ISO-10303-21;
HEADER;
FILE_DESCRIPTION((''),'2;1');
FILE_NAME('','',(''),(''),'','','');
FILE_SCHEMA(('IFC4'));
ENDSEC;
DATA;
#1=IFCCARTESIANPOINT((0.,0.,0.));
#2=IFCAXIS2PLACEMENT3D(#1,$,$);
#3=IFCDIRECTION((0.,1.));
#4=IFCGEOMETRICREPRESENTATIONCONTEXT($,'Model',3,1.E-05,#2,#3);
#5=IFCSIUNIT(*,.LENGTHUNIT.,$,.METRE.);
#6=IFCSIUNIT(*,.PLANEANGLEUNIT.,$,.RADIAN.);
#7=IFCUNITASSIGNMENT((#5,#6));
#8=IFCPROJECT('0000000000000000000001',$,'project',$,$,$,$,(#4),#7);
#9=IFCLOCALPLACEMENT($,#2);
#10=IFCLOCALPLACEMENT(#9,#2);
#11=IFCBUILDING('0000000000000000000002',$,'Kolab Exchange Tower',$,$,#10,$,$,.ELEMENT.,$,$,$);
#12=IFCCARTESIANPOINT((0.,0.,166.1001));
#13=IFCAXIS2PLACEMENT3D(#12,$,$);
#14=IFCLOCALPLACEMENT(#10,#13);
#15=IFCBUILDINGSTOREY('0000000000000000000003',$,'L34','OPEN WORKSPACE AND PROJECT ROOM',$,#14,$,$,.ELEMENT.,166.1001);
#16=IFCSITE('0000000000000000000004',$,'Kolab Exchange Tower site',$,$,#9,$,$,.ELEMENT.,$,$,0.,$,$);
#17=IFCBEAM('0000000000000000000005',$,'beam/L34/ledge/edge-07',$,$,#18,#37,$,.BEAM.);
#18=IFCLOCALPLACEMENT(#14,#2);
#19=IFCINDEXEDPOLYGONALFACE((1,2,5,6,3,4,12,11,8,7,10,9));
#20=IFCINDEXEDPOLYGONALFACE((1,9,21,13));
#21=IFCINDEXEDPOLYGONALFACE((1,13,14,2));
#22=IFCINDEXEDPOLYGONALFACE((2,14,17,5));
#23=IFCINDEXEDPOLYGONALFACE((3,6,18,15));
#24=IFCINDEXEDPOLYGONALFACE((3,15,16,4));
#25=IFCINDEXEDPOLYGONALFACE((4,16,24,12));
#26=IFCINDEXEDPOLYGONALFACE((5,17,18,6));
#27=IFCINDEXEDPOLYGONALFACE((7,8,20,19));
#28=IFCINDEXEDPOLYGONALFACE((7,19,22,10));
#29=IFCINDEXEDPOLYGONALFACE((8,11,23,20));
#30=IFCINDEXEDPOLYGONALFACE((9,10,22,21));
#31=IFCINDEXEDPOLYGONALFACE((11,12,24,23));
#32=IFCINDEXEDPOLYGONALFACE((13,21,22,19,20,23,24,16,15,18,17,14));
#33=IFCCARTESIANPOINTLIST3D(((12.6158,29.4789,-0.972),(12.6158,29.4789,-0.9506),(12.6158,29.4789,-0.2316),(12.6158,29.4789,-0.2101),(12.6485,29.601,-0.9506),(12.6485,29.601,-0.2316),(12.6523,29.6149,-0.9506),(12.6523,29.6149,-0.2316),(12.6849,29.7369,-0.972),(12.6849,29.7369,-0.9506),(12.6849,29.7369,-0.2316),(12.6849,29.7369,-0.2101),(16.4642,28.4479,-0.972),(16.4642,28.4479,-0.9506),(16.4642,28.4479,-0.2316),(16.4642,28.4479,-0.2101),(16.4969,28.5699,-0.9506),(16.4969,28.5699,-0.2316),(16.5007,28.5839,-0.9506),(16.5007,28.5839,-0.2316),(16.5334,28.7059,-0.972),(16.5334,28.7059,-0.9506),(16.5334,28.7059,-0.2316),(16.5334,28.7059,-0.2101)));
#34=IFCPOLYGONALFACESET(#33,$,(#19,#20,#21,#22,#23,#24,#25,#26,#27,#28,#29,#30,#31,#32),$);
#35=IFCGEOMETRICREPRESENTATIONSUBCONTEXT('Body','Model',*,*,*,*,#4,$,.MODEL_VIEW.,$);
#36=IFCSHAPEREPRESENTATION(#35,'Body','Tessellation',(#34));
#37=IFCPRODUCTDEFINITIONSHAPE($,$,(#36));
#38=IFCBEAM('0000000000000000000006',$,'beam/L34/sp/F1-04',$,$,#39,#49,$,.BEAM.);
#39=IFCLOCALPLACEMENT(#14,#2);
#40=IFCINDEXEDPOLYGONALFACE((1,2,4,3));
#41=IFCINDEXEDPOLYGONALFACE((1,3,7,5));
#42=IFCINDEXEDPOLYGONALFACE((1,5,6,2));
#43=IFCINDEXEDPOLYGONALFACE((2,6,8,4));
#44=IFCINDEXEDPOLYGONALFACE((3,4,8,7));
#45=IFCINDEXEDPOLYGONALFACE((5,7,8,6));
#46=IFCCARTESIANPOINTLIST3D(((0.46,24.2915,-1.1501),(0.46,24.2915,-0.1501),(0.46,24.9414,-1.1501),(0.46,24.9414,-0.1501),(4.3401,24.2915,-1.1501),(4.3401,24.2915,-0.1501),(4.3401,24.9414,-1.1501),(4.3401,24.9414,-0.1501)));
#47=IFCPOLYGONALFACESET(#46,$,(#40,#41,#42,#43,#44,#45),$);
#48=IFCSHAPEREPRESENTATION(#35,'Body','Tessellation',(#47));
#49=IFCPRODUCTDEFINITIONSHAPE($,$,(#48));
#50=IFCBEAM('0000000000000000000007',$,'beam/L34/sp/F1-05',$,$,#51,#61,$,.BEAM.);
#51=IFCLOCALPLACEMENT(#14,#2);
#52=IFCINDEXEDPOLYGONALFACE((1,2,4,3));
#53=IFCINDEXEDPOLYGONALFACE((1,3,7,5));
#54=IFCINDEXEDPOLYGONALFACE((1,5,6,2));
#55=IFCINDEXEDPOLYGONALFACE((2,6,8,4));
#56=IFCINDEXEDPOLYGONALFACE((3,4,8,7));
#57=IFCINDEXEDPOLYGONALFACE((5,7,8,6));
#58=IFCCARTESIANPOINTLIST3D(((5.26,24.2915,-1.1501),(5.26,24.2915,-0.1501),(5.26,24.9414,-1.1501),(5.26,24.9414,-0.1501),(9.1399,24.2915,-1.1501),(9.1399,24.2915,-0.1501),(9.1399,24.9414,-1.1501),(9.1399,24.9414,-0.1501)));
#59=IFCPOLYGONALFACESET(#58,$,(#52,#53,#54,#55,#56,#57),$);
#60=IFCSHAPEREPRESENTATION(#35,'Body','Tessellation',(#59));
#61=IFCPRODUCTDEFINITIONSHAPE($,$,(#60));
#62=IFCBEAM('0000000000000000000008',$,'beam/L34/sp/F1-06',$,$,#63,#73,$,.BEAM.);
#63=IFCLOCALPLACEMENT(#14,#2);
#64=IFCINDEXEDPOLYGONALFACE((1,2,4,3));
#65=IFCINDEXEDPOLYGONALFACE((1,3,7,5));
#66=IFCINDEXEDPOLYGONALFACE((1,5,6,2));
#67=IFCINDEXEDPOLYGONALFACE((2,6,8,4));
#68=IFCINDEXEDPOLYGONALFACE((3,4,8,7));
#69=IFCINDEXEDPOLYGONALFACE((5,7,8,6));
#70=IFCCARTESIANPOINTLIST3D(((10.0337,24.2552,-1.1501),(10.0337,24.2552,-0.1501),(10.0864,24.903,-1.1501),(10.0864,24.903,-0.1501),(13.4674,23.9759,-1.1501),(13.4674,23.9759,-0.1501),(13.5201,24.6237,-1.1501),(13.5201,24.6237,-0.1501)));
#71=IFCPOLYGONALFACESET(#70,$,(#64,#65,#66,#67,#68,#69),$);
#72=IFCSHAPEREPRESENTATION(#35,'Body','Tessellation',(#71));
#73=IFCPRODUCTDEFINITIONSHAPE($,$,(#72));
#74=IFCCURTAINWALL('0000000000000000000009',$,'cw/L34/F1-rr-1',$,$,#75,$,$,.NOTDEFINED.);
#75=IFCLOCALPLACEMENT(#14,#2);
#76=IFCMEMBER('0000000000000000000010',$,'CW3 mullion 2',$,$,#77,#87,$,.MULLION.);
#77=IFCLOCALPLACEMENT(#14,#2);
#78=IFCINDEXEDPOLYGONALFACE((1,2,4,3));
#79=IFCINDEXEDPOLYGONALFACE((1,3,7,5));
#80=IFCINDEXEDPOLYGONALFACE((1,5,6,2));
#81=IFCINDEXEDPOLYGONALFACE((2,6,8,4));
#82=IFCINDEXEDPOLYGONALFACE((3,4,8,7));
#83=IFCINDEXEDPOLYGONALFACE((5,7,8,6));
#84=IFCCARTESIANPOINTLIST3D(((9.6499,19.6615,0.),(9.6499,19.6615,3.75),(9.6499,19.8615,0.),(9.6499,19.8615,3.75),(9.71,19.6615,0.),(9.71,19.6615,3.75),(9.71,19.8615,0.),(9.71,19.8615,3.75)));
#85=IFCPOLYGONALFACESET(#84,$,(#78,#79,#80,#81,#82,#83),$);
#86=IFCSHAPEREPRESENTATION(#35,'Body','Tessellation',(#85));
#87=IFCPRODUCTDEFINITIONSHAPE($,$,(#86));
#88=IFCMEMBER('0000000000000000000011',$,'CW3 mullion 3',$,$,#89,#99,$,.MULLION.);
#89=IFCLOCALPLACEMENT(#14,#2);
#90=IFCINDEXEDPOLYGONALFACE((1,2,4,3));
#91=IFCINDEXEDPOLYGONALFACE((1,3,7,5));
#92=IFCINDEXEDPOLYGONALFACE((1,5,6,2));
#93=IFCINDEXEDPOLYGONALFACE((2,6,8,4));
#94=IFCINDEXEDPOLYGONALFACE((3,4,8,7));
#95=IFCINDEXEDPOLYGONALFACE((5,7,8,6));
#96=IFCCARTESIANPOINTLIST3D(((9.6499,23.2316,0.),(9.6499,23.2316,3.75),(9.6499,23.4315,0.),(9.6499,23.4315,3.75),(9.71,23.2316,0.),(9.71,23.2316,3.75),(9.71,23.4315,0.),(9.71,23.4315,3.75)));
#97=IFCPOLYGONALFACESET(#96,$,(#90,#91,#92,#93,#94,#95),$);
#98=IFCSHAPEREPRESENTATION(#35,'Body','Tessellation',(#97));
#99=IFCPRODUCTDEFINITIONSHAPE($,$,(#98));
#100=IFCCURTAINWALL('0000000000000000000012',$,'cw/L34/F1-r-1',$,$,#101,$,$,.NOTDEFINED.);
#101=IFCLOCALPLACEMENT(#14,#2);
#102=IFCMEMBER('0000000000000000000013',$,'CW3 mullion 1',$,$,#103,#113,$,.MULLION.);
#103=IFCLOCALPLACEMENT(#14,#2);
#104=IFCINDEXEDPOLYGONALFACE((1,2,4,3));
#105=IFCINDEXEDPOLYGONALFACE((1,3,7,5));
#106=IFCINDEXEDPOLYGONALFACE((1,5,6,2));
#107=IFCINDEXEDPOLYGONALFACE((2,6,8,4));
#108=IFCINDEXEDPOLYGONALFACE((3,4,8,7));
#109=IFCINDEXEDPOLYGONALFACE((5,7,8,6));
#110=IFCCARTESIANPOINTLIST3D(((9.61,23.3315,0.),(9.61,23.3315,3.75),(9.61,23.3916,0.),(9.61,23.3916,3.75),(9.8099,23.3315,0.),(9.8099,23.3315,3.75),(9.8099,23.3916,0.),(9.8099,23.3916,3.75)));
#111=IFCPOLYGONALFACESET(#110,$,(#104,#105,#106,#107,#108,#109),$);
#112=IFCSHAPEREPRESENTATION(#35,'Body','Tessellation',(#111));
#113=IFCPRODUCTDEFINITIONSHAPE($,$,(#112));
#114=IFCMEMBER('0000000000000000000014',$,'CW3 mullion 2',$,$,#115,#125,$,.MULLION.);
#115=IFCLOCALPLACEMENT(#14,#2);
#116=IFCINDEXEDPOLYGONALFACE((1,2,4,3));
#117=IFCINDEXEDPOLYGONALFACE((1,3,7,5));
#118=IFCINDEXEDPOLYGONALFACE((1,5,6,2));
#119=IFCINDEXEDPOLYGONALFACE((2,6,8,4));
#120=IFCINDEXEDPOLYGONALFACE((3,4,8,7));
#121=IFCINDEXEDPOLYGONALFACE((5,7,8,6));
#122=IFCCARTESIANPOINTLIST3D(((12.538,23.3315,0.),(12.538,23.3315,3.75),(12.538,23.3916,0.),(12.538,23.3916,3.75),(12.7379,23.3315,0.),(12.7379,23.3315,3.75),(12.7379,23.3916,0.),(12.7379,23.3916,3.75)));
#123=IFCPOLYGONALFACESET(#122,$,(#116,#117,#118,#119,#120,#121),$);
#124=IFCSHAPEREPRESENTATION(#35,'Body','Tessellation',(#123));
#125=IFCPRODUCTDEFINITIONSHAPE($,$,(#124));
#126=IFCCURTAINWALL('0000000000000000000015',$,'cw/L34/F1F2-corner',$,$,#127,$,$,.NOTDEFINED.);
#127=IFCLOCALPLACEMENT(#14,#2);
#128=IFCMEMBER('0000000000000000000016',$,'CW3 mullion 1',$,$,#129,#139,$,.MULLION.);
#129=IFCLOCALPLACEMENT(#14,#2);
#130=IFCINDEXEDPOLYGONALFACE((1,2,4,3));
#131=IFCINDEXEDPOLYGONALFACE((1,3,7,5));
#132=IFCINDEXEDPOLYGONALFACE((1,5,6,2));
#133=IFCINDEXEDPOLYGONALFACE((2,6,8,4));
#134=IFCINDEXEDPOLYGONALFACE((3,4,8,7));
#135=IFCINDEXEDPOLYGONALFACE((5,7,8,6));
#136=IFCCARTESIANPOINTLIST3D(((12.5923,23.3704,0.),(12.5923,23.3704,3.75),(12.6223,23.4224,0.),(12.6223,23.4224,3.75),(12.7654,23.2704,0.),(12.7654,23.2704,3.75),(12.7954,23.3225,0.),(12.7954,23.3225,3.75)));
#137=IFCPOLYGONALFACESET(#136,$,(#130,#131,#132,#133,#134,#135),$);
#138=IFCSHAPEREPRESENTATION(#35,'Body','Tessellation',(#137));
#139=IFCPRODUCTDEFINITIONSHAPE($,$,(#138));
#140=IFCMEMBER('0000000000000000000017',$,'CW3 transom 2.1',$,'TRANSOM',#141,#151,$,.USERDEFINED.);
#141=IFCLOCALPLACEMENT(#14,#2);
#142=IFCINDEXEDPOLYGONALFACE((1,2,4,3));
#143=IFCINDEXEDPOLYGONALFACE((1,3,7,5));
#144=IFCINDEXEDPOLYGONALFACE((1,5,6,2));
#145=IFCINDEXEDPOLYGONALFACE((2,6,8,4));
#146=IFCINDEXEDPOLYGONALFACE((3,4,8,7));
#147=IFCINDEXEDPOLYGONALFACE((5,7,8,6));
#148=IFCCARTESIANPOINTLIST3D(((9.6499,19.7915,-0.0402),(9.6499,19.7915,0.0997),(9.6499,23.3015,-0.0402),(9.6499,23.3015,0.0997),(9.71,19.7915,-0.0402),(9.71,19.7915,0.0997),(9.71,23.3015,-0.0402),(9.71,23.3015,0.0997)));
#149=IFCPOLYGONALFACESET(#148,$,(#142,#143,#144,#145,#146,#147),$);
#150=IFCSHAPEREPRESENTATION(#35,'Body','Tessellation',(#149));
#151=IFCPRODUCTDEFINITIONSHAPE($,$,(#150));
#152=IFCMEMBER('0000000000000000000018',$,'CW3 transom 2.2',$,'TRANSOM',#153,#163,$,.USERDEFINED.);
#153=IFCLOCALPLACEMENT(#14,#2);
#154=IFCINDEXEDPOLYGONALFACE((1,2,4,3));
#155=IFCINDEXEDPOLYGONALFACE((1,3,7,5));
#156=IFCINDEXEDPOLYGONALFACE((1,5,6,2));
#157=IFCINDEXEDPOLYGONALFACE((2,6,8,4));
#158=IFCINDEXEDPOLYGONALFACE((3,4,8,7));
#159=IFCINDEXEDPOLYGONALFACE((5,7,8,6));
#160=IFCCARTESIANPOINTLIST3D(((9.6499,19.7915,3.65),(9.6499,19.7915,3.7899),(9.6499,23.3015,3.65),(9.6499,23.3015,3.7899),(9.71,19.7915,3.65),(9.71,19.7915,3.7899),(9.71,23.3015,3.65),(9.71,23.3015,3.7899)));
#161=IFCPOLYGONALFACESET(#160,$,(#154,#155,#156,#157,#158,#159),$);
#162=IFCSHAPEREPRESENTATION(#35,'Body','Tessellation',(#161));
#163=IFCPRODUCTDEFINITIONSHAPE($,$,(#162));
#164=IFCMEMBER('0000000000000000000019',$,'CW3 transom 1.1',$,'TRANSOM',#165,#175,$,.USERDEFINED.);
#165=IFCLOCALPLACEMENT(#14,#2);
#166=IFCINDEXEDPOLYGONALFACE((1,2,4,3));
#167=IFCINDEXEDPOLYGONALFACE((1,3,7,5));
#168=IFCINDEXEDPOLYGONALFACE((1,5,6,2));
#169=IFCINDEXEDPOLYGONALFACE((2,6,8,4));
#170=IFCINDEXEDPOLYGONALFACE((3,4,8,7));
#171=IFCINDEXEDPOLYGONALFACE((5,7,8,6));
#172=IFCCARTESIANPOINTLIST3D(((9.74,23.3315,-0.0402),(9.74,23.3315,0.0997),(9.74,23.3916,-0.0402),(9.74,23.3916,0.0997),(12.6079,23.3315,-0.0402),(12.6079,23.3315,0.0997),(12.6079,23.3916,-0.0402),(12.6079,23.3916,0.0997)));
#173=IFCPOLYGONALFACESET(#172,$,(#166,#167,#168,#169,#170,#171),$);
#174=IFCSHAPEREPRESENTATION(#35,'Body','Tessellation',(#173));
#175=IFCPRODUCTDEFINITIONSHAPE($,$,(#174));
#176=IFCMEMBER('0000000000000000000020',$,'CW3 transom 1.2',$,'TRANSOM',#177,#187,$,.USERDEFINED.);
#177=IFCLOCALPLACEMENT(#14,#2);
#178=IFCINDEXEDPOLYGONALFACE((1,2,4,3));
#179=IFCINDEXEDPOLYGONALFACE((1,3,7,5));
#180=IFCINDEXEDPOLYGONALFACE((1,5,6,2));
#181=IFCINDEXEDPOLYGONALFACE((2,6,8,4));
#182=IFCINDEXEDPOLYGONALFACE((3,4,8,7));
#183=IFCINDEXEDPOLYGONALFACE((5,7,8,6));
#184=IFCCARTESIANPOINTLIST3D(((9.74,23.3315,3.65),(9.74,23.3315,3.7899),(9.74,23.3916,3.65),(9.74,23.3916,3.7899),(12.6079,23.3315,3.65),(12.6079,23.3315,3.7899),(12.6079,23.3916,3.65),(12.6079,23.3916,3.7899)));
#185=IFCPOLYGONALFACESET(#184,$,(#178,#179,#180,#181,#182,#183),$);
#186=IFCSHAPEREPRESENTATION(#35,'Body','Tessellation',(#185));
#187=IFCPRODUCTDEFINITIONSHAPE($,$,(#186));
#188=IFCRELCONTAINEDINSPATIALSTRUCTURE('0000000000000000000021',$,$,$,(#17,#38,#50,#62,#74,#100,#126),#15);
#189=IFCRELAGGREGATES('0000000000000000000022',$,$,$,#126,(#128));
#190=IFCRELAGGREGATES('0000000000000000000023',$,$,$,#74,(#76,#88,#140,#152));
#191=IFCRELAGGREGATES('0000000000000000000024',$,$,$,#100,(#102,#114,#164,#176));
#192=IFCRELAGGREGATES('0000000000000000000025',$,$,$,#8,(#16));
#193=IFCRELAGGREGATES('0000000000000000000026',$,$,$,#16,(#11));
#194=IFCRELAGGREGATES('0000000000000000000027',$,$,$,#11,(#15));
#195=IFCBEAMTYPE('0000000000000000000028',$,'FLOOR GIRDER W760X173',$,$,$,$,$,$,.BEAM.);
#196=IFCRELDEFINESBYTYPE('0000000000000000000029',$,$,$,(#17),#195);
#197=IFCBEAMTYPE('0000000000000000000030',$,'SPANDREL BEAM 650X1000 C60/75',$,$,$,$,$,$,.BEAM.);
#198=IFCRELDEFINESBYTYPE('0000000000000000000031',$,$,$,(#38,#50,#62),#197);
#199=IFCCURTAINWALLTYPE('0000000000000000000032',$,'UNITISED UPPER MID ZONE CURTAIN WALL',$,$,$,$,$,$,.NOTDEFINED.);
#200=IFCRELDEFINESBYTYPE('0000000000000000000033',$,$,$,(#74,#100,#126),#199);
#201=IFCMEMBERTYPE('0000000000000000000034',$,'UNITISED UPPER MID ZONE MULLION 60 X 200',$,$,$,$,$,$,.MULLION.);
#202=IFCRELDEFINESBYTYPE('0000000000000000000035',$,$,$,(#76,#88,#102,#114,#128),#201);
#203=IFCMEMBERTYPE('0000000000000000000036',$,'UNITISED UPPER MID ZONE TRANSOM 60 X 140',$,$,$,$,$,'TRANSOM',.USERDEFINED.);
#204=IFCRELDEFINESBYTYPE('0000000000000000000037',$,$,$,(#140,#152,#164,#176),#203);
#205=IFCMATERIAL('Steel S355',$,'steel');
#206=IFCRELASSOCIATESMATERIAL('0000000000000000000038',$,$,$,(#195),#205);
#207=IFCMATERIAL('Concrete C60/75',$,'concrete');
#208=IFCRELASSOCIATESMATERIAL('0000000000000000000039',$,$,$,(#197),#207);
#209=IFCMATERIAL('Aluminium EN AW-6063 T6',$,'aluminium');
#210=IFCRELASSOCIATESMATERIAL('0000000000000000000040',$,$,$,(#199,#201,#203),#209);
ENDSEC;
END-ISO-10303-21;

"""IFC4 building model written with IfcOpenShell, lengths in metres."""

from ifc_helpers import new_model, si_unit, direction, frame, origin, origin_2d, place, context, subcontext, project, spatial, rectangle, i_section, extrude, material, material_profile, profile_set, type_object, element, aggregate, save


model = new_model("IFC4")

# Units and contexts
model_context = context("Model", 3, precision=1e-05, world=origin(), true_north=direction((0.0, 1.0)))
body_context = subcontext(model_context, "Body", "Model", "MODEL_VIEW")
ifc_project = project(units=[si_unit("LENGTHUNIT", "METRE"), si_unit("PLANEANGLEUNIT", "RADIAN")], contexts=[model_context])

# Site, building, storey
site_placement = place(None, origin())
site = spatial("IfcSite", under=ifc_project, at=site_placement, Name="Kolab Exchange Tower site", CompositionType="ELEMENT", RefElevation=0.0)
building_placement = place(site_placement, origin())
building = spatial("IfcBuilding", under=site, at=building_placement, Name="Kolab Exchange Tower", CompositionType="ELEMENT")
storey_placement = place(building_placement, frame((0.0, 0.0, 166.1001)))
storey = spatial("IfcBuildingStorey", under=building, at=storey_placement, Name="L34", Description="OPEN WORKSPACE AND PROJECT ROOM", CompositionType="ELEMENT", Elevation=166.1001)

# Shared definitions
ifc_material_1 = material(Name="Concrete C60/75", Category="concrete")

# Beams
ifc_material_2 = material(Name="Steel S355", Category="steel")
ifc_material_profile_1 = material_profile(ifc_material_2, i_section(OverallWidth=0.2671, OverallDepth=0.762, WebThickness=0.0144, FlangeThickness=0.0215, at=origin_2d()), Name="W760X173")
ifc_profile_set_1 = profile_set([ifc_material_profile_1], Name="Steel S355")
beam_type_1 = type_object("IfcBeamType", Name="FLOOR GIRDER W760X173", PredefinedType="BEAM", material=ifc_profile_set_1)
beam_1_placement = place(storey_placement, frame((12.6504, 29.6079, -0.5911), z_axis=(0.965936, -0.25878, 0.0), x_axis=(0.25878, 0.965936, 0.0)))
element("IfcBeam", 1, at=beam_1_placement, inside=storey, type_object=beam_type_1, Name="beam/L34/ledge/edge-07", PredefinedType="BEAM", context=body_context, shape_type="SweptSolid", body=[
    extrude(i_section(OverallWidth=0.2671, OverallDepth=0.762, WebThickness=0.0144, FlangeThickness=0.0215, at=origin_2d()), origin(), (0.0, 0.0, 1.0), 3.9841),
])
ifc_material_profile_2 = material_profile(ifc_material_1, rectangle(XDim=0.6499, YDim=1.0, at=origin_2d()), Name="RC650X1000")
ifc_profile_set_2 = profile_set([ifc_material_profile_2], Name="Concrete C60/75")
beam_type_2 = type_object("IfcBeamType", Name="SPANDREL BEAM 650X1000 C60/75", PredefinedType="BEAM", material=ifc_profile_set_2)
beam_2_placement = place(storey_placement, frame((0.46, 24.6165, -0.6501), z_axis=(1.0, 0.0, 0.0), x_axis=(0.0, 1.0, 0.0)))
element("IfcBeam", 2, at=beam_2_placement, inside=storey, type_object=beam_type_2, Name="beam/L34/sp/F1-04", PredefinedType="BEAM", context=body_context, shape_type="SweptSolid", body=[
    extrude(rectangle(XDim=0.6499, YDim=1.0, at=origin_2d()), origin(), (0.0, 0.0, 1.0), 3.8801),
])
beam_3_placement = place(storey_placement, frame((5.26, 24.6165, -0.6501), z_axis=(1.0, 0.0, 0.0), x_axis=(0.0, 1.0, 0.0)))
element("IfcBeam", 3, at=beam_3_placement, inside=storey, type_object=beam_type_2, Name="beam/L34/sp/F1-05", PredefinedType="BEAM", context=body_context, shape_type="SweptSolid", body=[
    extrude(rectangle(XDim=0.6499, YDim=1.0, at=origin_2d()), origin(), (0.0, 0.0, 1.0), 3.8799),
])
beam_4_placement = place(storey_placement, frame((10.0601, 24.5791, -0.6501), z_axis=(0.996708, -0.081069, 0.0), x_axis=(0.081069, 0.996708, 0.0)))
element("IfcBeam", 4, at=beam_4_placement, inside=storey, type_object=beam_type_2, Name="beam/L34/sp/F1-06", PredefinedType="BEAM", context=body_context, shape_type="SweptSolid", body=[
    extrude(rectangle(XDim=0.6499, YDim=1.0, at=origin_2d()), origin(), (0.0, 0.0, 1.0), 3.4451),
])

# Curtain walls, members
ifc_material_3 = material(Name="Aluminium EN AW-6063 T6", Category="aluminium")
curtain_wall_type = type_object("IfcCurtainWallType", Name="UNITISED UPPER MID ZONE CURTAIN WALL", PredefinedType="NOTDEFINED", material=ifc_material_3)
curtain_wall_1_placement = place(storey_placement, origin())
curtain_wall_1 = element("IfcCurtainWall", 5, at=curtain_wall_1_placement, inside=storey, type_object=curtain_wall_type, Name="cw/L34/F1-rr-1", PredefinedType="NOTDEFINED")
ifc_material_profile_3 = material_profile(ifc_material_3, rectangle(XDim=0.0601, YDim=0.2, at=origin_2d()), Name="RECT 60X200")
ifc_profile_set_3 = profile_set([ifc_material_profile_3], Name="Aluminium EN AW-6063 T6")
member_type_1 = type_object("IfcMemberType", Name="UNITISED UPPER MID ZONE MULLION 60 X 200", PredefinedType="MULLION", material=ifc_profile_set_3)
member_1_placement = place(storey_placement, frame((9.6799, 19.7615, 0.0), z_axis=(0.0, 0.0, 1.0), x_axis=(-1.0, 0.0, 0.0)))
member_1 = element("IfcMember", 6, at=member_1_placement, type_object=member_type_1, Name="CW3 mullion 2", PredefinedType="MULLION", context=body_context, shape_type="SweptSolid", body=[
    extrude(rectangle(XDim=0.0601, YDim=0.2, at=origin_2d()), origin(), (0.0, 0.0, 1.0), 3.75),
])
member_2_placement = place(storey_placement, frame((9.6799, 23.3315, 0.0), z_axis=(0.0, 0.0, 1.0), x_axis=(-1.0, 0.0, 0.0)))
member_2 = element("IfcMember", 7, at=member_2_placement, type_object=member_type_1, Name="CW3 mullion 3", PredefinedType="MULLION", context=body_context, shape_type="SweptSolid", body=[
    extrude(rectangle(XDim=0.0601, YDim=0.2, at=origin_2d()), origin(), (0.0, 0.0, 1.0), 3.75),
])
curtain_wall_2_placement = place(storey_placement, origin())
curtain_wall_2 = element("IfcCurtainWall", 8, at=curtain_wall_2_placement, inside=storey, type_object=curtain_wall_type, Name="cw/L34/F1-r-1", PredefinedType="NOTDEFINED")
member_3_placement = place(storey_placement, frame((9.71, 23.3616, 0.0), z_axis=(0.0, 0.0, 1.0), x_axis=(0.0, 1.0, 0.0)))
member_3 = element("IfcMember", 9, at=member_3_placement, type_object=member_type_1, Name="CW3 mullion 1", PredefinedType="MULLION", context=body_context, shape_type="SweptSolid", body=[
    extrude(rectangle(XDim=0.0601, YDim=0.2, at=origin_2d()), origin(), (0.0, 0.0, 1.0), 3.75),
])
member_4_placement = place(storey_placement, frame((12.6379, 23.3616, 0.0), z_axis=(0.0, 0.0, 1.0), x_axis=(0.0, 1.0, 0.0)))
member_4 = element("IfcMember", 10, at=member_4_placement, type_object=member_type_1, Name="CW3 mullion 2", PredefinedType="MULLION", context=body_context, shape_type="SweptSolid", body=[
    extrude(rectangle(XDim=0.0601, YDim=0.2, at=origin_2d()), origin(), (0.0, 0.0, 1.0), 3.75),
])

# Curtain wall, member
curtain_wall_3_placement = place(storey_placement, origin())
curtain_wall_3 = element("IfcCurtainWall", 11, at=curtain_wall_3_placement, inside=storey, type_object=curtain_wall_type, Name="cw/L34/F1F2-corner", PredefinedType="NOTDEFINED")
member_5_placement = place(storey_placement, frame((12.6938, 23.3464, 0.0), z_axis=(0.0, 0.0, 1.0), x_axis=(0.5, 0.866025, 0.0)))
member_5 = element("IfcMember", 12, at=member_5_placement, type_object=member_type_1, Name="CW3 mullion 1", PredefinedType="MULLION", context=body_context, shape_type="SweptSolid", body=[
    extrude(rectangle(XDim=0.0601, YDim=0.2, at=origin_2d()), origin(), (0.0, 0.0, 1.0), 3.75),
])
aggregate(curtain_wall_3, [member_5])

# Members
ifc_material_profile_4 = material_profile(ifc_material_3, rectangle(XDim=0.0601, YDim=0.1399, at=origin_2d()), Name="RECT 60X140")
ifc_profile_set_4 = profile_set([ifc_material_profile_4], Name="Aluminium EN AW-6063 T6")
member_type_2 = type_object("IfcMemberType", Name="UNITISED UPPER MID ZONE TRANSOM 60 X 140", ElementType="TRANSOM", PredefinedType="USERDEFINED", material=ifc_profile_set_4)
member_6_placement = place(storey_placement, frame((9.6799, 19.7915, 0.0298), z_axis=(0.0, 1.0, 0.0), x_axis=(-1.0, 0.0, 0.0)))
member_6 = element("IfcMember", 13, at=member_6_placement, type_object=member_type_2, Name="CW3 transom 2.1", ObjectType="TRANSOM", PredefinedType="USERDEFINED", context=body_context, shape_type="SweptSolid", body=[
    extrude(rectangle(XDim=0.0601, YDim=0.1399, at=origin_2d()), origin(), (0.0, 0.0, 1.0), 3.51),
])
member_7_placement = place(storey_placement, frame((9.6799, 19.7915, 3.72), z_axis=(0.0, 1.0, 0.0), x_axis=(-1.0, 0.0, 0.0)))
member_7 = element("IfcMember", 14, at=member_7_placement, type_object=member_type_2, Name="CW3 transom 2.2", ObjectType="TRANSOM", PredefinedType="USERDEFINED", context=body_context, shape_type="SweptSolid", body=[
    extrude(rectangle(XDim=0.0601, YDim=0.1399, at=origin_2d()), origin(), (0.0, 0.0, 1.0), 3.51),
])
member_8_placement = place(storey_placement, frame((9.74, 23.3616, 0.0298), z_axis=(1.0, 0.0, 0.0), x_axis=(0.0, 1.0, 0.0)))
member_8 = element("IfcMember", 15, at=member_8_placement, type_object=member_type_2, Name="CW3 transom 1.1", ObjectType="TRANSOM", PredefinedType="USERDEFINED", context=body_context, shape_type="SweptSolid", body=[
    extrude(rectangle(XDim=0.0601, YDim=0.1399, at=origin_2d()), origin(), (0.0, 0.0, 1.0), 2.8679),
])
member_9_placement = place(storey_placement, frame((9.74, 23.3616, 3.72), z_axis=(1.0, 0.0, 0.0), x_axis=(0.0, 1.0, 0.0)))
member_9 = element("IfcMember", 16, at=member_9_placement, type_object=member_type_2, Name="CW3 transom 1.2", ObjectType="TRANSOM", PredefinedType="USERDEFINED", context=body_context, shape_type="SweptSolid", body=[
    extrude(rectangle(XDim=0.0601, YDim=0.1399, at=origin_2d()), origin(), (0.0, 0.0, 1.0), 2.8679),
])

aggregate(curtain_wall_1, [member_1, member_2, member_6, member_7])
aggregate(curtain_wall_2, [member_3, member_4, member_8, member_9])

save(model, "model.ifc")
